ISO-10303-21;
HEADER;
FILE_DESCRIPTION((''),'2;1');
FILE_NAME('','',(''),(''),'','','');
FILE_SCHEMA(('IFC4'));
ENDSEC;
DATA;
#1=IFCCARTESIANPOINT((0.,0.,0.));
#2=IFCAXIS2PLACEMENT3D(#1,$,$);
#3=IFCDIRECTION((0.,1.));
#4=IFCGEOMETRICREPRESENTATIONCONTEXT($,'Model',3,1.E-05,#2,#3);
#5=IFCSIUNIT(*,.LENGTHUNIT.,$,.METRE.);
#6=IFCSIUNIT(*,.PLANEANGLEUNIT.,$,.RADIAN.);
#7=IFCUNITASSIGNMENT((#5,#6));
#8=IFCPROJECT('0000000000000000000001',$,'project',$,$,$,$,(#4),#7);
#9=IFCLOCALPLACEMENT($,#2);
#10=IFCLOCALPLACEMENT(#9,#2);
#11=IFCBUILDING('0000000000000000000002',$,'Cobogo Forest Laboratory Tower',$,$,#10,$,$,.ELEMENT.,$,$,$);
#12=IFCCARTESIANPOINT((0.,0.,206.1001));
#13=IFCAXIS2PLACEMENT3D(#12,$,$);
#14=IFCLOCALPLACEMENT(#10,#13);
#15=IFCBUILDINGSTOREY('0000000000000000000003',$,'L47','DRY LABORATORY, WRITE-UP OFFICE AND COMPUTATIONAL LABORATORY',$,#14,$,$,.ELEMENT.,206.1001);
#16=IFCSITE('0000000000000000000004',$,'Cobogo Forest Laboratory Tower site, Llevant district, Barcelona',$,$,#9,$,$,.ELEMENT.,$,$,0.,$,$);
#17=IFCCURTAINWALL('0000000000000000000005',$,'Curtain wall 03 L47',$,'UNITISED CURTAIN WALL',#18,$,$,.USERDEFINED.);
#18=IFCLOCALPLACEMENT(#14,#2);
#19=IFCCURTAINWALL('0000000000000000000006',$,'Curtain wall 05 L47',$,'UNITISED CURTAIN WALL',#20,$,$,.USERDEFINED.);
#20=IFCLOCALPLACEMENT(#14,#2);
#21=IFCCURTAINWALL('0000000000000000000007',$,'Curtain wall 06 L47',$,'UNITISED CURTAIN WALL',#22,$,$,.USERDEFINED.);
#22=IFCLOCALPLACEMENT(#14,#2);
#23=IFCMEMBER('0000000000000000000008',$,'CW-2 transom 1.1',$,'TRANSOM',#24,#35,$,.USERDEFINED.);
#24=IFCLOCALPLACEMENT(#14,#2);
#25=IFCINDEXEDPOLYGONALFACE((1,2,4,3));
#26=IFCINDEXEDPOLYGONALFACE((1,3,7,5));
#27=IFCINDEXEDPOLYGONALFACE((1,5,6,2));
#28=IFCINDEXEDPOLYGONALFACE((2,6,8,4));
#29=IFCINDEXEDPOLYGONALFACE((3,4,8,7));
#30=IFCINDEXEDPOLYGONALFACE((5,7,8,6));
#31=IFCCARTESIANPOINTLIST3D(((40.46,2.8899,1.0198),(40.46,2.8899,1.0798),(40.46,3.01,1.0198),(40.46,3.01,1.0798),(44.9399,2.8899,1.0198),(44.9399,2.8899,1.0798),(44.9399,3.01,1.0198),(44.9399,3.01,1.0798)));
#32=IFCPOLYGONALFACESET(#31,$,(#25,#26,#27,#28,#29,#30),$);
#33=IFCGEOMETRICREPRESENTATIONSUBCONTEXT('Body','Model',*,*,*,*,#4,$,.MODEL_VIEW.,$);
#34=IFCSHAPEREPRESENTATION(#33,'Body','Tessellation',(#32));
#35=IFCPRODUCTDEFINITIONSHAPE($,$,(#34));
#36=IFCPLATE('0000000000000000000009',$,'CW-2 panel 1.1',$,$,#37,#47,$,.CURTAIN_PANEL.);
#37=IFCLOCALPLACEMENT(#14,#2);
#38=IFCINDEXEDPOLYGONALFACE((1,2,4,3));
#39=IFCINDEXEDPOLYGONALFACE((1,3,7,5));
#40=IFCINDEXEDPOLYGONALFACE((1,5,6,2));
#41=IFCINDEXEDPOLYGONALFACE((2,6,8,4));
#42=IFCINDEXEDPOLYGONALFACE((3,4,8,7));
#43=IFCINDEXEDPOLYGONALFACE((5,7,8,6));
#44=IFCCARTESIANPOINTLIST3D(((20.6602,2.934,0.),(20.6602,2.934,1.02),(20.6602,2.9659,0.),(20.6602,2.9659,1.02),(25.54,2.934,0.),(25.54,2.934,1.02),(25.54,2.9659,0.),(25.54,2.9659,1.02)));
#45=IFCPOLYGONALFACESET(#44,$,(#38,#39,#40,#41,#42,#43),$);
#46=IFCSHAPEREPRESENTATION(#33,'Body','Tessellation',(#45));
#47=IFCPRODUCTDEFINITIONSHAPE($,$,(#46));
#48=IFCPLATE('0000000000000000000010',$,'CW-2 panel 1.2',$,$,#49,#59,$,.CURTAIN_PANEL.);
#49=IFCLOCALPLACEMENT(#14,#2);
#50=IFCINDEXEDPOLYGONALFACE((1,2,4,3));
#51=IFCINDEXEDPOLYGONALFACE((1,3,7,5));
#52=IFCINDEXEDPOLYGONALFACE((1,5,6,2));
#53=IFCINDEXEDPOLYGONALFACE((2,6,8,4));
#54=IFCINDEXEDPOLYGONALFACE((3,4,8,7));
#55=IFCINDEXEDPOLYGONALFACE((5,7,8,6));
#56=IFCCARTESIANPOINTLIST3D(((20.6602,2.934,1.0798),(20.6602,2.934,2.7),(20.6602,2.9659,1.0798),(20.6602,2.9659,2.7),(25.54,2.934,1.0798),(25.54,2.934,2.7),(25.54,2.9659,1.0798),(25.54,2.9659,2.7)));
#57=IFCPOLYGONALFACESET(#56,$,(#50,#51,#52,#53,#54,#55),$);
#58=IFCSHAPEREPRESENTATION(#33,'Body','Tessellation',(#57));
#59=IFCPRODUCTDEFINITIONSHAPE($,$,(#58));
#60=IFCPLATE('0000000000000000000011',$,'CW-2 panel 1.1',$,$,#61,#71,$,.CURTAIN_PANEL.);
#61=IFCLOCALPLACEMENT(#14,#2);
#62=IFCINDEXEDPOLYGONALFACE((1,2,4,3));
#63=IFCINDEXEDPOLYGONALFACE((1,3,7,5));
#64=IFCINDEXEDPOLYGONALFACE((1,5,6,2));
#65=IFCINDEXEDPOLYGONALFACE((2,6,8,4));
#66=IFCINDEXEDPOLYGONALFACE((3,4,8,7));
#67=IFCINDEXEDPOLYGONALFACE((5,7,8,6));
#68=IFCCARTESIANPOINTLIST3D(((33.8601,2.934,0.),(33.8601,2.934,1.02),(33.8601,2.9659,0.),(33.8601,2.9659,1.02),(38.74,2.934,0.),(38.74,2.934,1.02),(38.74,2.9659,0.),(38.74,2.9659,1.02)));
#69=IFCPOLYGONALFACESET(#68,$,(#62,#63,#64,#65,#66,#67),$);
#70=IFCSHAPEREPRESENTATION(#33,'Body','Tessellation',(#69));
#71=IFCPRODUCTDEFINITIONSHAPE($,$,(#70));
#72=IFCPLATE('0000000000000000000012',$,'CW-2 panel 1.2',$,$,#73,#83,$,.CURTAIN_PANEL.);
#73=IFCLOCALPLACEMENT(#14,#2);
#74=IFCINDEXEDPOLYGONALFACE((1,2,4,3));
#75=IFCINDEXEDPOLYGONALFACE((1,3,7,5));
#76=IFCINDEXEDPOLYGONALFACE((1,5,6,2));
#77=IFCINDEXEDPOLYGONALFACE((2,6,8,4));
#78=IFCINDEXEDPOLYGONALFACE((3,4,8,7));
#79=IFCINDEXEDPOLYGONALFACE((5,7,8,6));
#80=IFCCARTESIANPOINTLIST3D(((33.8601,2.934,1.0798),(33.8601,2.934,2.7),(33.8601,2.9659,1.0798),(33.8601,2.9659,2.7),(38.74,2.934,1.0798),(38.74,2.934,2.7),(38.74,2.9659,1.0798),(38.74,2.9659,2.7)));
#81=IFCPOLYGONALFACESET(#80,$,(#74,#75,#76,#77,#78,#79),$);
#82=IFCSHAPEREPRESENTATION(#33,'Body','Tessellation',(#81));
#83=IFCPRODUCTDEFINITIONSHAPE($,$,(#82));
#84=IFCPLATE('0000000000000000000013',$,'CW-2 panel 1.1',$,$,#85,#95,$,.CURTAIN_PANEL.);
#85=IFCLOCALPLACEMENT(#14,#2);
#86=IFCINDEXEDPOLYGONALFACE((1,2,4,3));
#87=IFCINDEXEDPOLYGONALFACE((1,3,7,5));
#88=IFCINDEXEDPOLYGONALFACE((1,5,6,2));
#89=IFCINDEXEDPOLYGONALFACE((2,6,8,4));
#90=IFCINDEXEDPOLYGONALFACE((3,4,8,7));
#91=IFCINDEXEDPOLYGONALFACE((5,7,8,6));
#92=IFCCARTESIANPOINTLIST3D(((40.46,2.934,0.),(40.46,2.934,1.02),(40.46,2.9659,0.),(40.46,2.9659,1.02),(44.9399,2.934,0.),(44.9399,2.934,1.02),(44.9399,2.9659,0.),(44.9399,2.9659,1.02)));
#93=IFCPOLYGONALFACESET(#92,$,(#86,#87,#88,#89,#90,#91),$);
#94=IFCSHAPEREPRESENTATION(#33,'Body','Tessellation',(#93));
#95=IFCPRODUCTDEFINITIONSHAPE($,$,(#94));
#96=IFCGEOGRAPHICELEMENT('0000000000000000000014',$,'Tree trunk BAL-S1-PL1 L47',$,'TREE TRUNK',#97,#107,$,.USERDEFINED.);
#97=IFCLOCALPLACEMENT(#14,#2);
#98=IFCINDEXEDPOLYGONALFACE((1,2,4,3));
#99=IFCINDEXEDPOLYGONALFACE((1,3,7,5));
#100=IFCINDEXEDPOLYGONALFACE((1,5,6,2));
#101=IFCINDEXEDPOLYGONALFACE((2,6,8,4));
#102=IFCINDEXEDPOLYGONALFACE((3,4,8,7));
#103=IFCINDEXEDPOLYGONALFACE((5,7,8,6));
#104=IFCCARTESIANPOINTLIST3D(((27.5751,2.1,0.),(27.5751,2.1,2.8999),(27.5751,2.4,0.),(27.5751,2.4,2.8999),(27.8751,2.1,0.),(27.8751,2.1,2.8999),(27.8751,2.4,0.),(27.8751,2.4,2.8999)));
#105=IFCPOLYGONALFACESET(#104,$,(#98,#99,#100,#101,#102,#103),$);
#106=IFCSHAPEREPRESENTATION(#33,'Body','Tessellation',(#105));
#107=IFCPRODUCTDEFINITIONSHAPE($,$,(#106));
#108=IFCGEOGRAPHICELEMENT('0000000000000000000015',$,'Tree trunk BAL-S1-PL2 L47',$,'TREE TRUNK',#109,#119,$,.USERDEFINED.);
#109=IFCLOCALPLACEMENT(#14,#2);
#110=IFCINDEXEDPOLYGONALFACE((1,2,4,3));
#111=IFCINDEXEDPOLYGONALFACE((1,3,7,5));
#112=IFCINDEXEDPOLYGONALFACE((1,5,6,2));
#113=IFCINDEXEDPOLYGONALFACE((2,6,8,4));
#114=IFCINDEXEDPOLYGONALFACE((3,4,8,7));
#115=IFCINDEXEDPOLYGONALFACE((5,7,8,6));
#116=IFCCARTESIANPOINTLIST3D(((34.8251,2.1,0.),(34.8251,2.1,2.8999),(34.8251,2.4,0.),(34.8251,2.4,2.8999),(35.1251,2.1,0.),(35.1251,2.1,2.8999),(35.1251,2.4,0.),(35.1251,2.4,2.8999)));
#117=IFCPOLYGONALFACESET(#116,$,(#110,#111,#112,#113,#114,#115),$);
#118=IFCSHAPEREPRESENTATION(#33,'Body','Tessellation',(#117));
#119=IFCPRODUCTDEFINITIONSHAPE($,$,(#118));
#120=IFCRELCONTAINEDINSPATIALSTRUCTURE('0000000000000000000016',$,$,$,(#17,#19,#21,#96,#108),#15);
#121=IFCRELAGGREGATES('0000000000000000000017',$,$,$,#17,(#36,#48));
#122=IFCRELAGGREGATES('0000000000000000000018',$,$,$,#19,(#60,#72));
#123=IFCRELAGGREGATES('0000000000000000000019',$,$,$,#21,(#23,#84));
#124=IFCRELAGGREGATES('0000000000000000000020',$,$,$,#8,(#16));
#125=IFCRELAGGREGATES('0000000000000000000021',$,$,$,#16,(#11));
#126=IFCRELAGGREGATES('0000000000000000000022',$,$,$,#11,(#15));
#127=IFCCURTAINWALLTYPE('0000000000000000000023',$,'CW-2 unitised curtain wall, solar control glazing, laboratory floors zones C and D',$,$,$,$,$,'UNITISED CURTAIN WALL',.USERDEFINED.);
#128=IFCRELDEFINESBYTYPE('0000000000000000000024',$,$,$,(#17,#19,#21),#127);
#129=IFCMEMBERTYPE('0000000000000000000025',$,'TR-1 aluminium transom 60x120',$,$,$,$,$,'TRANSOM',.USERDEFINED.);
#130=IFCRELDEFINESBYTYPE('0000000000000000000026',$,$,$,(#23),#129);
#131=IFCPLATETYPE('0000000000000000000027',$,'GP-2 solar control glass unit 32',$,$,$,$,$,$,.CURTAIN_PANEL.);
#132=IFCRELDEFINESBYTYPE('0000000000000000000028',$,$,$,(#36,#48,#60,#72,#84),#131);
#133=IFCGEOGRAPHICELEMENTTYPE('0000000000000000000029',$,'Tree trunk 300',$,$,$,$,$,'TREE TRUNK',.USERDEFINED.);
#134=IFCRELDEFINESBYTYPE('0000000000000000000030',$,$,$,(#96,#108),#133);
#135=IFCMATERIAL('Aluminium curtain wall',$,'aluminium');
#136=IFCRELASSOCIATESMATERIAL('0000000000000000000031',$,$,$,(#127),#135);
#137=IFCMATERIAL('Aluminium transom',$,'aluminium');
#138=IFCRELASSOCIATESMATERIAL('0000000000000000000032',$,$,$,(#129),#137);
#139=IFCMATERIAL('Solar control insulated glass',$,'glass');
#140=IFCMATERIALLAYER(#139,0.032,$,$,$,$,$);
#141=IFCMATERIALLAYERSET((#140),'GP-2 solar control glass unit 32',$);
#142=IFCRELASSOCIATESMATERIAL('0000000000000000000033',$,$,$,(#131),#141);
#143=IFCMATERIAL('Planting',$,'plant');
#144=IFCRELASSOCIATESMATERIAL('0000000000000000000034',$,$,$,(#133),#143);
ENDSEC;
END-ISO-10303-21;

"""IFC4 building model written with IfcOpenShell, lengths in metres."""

from ifc_helpers import new_model, si_unit, direction, frame, origin, origin_2d, place, context, subcontext, project, spatial, rectangle, extrude, material, layer, layer_set, material_profile, profile_set, type_object, element, aggregate, save


model = new_model("IFC4")

# Units and contexts
model_context = context("Model", 3, precision=1e-05, world=origin(), true_north=direction((0.0, 1.0)))
body_context = subcontext(model_context, "Body", "Model", "MODEL_VIEW")
ifc_project = project(units=[si_unit("LENGTHUNIT", "METRE"), si_unit("PLANEANGLEUNIT", "RADIAN")], contexts=[model_context])

# Site, building, storey
site_placement = place(None, origin())
site = spatial("IfcSite", under=ifc_project, at=site_placement, Name="Cobogo Forest Laboratory Tower site, Llevant district, Barcelona", CompositionType="ELEMENT", RefElevation=0.0)
building_placement = place(site_placement, origin())
building = spatial("IfcBuilding", under=site, at=building_placement, Name="Cobogo Forest Laboratory Tower", CompositionType="ELEMENT")
storey_placement = place(building_placement, frame((0.0, 0.0, 206.1001)))
storey = spatial("IfcBuildingStorey", under=building, at=storey_placement, Name="L47", Description="DRY LABORATORY, WRITE-UP OFFICE AND COMPUTATIONAL LABORATORY", CompositionType="ELEMENT", Elevation=206.1001)

# Curtain walls
ifc_material_1 = material(Name="Aluminium curtain wall", Category="aluminium")
curtain_wall_type = type_object("IfcCurtainWallType", Name="CW-2 unitised curtain wall, solar control glazing, laboratory floors zones C and D", ElementType="UNITISED CURTAIN WALL", PredefinedType="USERDEFINED", material=ifc_material_1)
curtain_wall_1_placement = place(storey_placement, origin())
curtain_wall_1 = element("IfcCurtainWall", 1, at=curtain_wall_1_placement, inside=storey, type_object=curtain_wall_type, Name="Curtain wall 03 L47", ObjectType="UNITISED CURTAIN WALL", PredefinedType="USERDEFINED")
curtain_wall_2_placement = place(storey_placement, origin())
curtain_wall_2 = element("IfcCurtainWall", 2, at=curtain_wall_2_placement, inside=storey, type_object=curtain_wall_type, Name="Curtain wall 05 L47", ObjectType="UNITISED CURTAIN WALL", PredefinedType="USERDEFINED")

# Curtain wall
curtain_wall_3_placement = place(storey_placement, origin())
curtain_wall_3 = element("IfcCurtainWall", 3, at=curtain_wall_3_placement, inside=storey, type_object=curtain_wall_type, Name="Curtain wall 06 L47", ObjectType="UNITISED CURTAIN WALL", PredefinedType="USERDEFINED")

# Member
ifc_material_2 = material(Name="Aluminium transom", Category="aluminium")
ifc_material_profile_1 = material_profile(ifc_material_2, rectangle(XDim=0.1201, YDim=0.0601, at=origin_2d()), Name="AL 60x120")
ifc_profile_set_1 = profile_set([ifc_material_profile_1], Name="Aluminium transom")
member_type_1 = type_object("IfcMemberType", Name="TR-1 aluminium transom 60x120", ElementType="TRANSOM", PredefinedType="USERDEFINED", material=ifc_profile_set_1)
member_1_placement = place(storey_placement, frame((40.46, 2.95, 1.0498), z_axis=(1.0, 0.0, 0.0), x_axis=(0.0, 1.0, 0.0)))
member_1 = element("IfcMember", 4, at=member_1_placement, type_object=member_type_1, Name="CW-2 transom 1.1", ObjectType="TRANSOM", PredefinedType="USERDEFINED", context=body_context, shape_type="SweptSolid", body=[
    extrude(rectangle(XDim=0.1201, YDim=0.0601, at=origin_2d()), origin(), (0.0, 0.0, 1.0), 4.48),
])

# Plates
ifc_material_3 = material(Name="Solar control insulated glass", Category="glass")
ifc_layer_1 = layer(ifc_material_3, 0.032)
ifc_layer_set_1 = layer_set([ifc_layer_1], Name="GP-2 solar control glass unit 32")
plate_type_1 = type_object("IfcPlateType", Name="GP-2 solar control glass unit 32", PredefinedType="CURTAIN_PANEL", material=ifc_layer_set_1)
plate_1_placement = place(storey_placement, frame((23.1001, 2.95, 0.0), z_axis=(0.0, 0.0, 1.0), x_axis=(1.0, 0.0, 0.0)))
plate_1 = element("IfcPlate", 5, at=plate_1_placement, type_object=plate_type_1, Name="CW-2 panel 1.1", PredefinedType="CURTAIN_PANEL", context=body_context, shape_type="SweptSolid", body=[
    extrude(rectangle(XDim=4.8799, YDim=0.032, at=origin_2d()), origin(), (0.0, 0.0, 1.0), 1.02),
])
plate_2_placement = place(storey_placement, frame((23.1001, 2.95, 1.0798), z_axis=(0.0, 0.0, 1.0), x_axis=(1.0, 0.0, 0.0)))
plate_2 = element("IfcPlate", 6, at=plate_2_placement, type_object=plate_type_1, Name="CW-2 panel 1.2", PredefinedType="CURTAIN_PANEL", context=body_context, shape_type="SweptSolid", body=[
    extrude(rectangle(XDim=4.8799, YDim=0.032, at=origin_2d()), origin(), (0.0, 0.0, 1.0), 1.6201),
])
aggregate(curtain_wall_1, [plate_1, plate_2])
plate_3_placement = place(storey_placement, frame((36.3, 2.95, 0.0), z_axis=(0.0, 0.0, 1.0), x_axis=(1.0, 0.0, 0.0)))
plate_3 = element("IfcPlate", 7, at=plate_3_placement, type_object=plate_type_1, Name="CW-2 panel 1.1", PredefinedType="CURTAIN_PANEL", context=body_context, shape_type="SweptSolid", body=[
    extrude(rectangle(XDim=4.8799, YDim=0.032, at=origin_2d()), origin(), (0.0, 0.0, 1.0), 1.02),
])
plate_4_placement = place(storey_placement, frame((36.3, 2.95, 1.0798), z_axis=(0.0, 0.0, 1.0), x_axis=(1.0, 0.0, 0.0)))
plate_4 = element("IfcPlate", 8, at=plate_4_placement, type_object=plate_type_1, Name="CW-2 panel 1.2", PredefinedType="CURTAIN_PANEL", context=body_context, shape_type="SweptSolid", body=[
    extrude(rectangle(XDim=4.8799, YDim=0.032, at=origin_2d()), origin(), (0.0, 0.0, 1.0), 1.6201),
])
aggregate(curtain_wall_2, [plate_3, plate_4])
plate_5_placement = place(storey_placement, frame((42.7, 2.95, 0.0), z_axis=(0.0, 0.0, 1.0), x_axis=(1.0, 0.0, 0.0)))
plate_5 = element("IfcPlate", 9, at=plate_5_placement, type_object=plate_type_1, Name="CW-2 panel 1.1", PredefinedType="CURTAIN_PANEL", context=body_context, shape_type="SweptSolid", body=[
    extrude(rectangle(XDim=4.48, YDim=0.032, at=origin_2d()), origin(), (0.0, 0.0, 1.0), 1.02),
])
aggregate(curtain_wall_3, [member_1, plate_5])

# Geographic elements
ifc_material_4 = material(Name="Planting", Category="plant")
geographic_element_type = type_object("IfcGeographicElementType", Name="Tree trunk 300", ElementType="TREE TRUNK", PredefinedType="USERDEFINED", material=ifc_material_4)
for number, where, z_axis, x_axis, name in (
    (10, (27.7251, 2.25, 0.0), (0.0, 0.0, 1.0), (1.0, 0.0, 0.0), "Tree trunk BAL-S1-PL1 L47"),
    (11, (34.9751, 2.25, 0.0), (0.0, 0.0, 1.0), (1.0, 0.0, 0.0), "Tree trunk BAL-S1-PL2 L47"),
):
    element("IfcGeographicElement", number, at=place(storey_placement, frame(where, z_axis=z_axis, x_axis=x_axis)), inside=storey, type_object=geographic_element_type, Name=name, ObjectType="TREE TRUNK", PredefinedType="USERDEFINED", context=body_context, shape_type="SweptSolid", body=[
        extrude(rectangle(XDim=0.3, YDim=0.3, at=origin_2d()), origin(), (0.0, 0.0, 1.0), 2.8999),
    ])

save(model, "model.ifc")
